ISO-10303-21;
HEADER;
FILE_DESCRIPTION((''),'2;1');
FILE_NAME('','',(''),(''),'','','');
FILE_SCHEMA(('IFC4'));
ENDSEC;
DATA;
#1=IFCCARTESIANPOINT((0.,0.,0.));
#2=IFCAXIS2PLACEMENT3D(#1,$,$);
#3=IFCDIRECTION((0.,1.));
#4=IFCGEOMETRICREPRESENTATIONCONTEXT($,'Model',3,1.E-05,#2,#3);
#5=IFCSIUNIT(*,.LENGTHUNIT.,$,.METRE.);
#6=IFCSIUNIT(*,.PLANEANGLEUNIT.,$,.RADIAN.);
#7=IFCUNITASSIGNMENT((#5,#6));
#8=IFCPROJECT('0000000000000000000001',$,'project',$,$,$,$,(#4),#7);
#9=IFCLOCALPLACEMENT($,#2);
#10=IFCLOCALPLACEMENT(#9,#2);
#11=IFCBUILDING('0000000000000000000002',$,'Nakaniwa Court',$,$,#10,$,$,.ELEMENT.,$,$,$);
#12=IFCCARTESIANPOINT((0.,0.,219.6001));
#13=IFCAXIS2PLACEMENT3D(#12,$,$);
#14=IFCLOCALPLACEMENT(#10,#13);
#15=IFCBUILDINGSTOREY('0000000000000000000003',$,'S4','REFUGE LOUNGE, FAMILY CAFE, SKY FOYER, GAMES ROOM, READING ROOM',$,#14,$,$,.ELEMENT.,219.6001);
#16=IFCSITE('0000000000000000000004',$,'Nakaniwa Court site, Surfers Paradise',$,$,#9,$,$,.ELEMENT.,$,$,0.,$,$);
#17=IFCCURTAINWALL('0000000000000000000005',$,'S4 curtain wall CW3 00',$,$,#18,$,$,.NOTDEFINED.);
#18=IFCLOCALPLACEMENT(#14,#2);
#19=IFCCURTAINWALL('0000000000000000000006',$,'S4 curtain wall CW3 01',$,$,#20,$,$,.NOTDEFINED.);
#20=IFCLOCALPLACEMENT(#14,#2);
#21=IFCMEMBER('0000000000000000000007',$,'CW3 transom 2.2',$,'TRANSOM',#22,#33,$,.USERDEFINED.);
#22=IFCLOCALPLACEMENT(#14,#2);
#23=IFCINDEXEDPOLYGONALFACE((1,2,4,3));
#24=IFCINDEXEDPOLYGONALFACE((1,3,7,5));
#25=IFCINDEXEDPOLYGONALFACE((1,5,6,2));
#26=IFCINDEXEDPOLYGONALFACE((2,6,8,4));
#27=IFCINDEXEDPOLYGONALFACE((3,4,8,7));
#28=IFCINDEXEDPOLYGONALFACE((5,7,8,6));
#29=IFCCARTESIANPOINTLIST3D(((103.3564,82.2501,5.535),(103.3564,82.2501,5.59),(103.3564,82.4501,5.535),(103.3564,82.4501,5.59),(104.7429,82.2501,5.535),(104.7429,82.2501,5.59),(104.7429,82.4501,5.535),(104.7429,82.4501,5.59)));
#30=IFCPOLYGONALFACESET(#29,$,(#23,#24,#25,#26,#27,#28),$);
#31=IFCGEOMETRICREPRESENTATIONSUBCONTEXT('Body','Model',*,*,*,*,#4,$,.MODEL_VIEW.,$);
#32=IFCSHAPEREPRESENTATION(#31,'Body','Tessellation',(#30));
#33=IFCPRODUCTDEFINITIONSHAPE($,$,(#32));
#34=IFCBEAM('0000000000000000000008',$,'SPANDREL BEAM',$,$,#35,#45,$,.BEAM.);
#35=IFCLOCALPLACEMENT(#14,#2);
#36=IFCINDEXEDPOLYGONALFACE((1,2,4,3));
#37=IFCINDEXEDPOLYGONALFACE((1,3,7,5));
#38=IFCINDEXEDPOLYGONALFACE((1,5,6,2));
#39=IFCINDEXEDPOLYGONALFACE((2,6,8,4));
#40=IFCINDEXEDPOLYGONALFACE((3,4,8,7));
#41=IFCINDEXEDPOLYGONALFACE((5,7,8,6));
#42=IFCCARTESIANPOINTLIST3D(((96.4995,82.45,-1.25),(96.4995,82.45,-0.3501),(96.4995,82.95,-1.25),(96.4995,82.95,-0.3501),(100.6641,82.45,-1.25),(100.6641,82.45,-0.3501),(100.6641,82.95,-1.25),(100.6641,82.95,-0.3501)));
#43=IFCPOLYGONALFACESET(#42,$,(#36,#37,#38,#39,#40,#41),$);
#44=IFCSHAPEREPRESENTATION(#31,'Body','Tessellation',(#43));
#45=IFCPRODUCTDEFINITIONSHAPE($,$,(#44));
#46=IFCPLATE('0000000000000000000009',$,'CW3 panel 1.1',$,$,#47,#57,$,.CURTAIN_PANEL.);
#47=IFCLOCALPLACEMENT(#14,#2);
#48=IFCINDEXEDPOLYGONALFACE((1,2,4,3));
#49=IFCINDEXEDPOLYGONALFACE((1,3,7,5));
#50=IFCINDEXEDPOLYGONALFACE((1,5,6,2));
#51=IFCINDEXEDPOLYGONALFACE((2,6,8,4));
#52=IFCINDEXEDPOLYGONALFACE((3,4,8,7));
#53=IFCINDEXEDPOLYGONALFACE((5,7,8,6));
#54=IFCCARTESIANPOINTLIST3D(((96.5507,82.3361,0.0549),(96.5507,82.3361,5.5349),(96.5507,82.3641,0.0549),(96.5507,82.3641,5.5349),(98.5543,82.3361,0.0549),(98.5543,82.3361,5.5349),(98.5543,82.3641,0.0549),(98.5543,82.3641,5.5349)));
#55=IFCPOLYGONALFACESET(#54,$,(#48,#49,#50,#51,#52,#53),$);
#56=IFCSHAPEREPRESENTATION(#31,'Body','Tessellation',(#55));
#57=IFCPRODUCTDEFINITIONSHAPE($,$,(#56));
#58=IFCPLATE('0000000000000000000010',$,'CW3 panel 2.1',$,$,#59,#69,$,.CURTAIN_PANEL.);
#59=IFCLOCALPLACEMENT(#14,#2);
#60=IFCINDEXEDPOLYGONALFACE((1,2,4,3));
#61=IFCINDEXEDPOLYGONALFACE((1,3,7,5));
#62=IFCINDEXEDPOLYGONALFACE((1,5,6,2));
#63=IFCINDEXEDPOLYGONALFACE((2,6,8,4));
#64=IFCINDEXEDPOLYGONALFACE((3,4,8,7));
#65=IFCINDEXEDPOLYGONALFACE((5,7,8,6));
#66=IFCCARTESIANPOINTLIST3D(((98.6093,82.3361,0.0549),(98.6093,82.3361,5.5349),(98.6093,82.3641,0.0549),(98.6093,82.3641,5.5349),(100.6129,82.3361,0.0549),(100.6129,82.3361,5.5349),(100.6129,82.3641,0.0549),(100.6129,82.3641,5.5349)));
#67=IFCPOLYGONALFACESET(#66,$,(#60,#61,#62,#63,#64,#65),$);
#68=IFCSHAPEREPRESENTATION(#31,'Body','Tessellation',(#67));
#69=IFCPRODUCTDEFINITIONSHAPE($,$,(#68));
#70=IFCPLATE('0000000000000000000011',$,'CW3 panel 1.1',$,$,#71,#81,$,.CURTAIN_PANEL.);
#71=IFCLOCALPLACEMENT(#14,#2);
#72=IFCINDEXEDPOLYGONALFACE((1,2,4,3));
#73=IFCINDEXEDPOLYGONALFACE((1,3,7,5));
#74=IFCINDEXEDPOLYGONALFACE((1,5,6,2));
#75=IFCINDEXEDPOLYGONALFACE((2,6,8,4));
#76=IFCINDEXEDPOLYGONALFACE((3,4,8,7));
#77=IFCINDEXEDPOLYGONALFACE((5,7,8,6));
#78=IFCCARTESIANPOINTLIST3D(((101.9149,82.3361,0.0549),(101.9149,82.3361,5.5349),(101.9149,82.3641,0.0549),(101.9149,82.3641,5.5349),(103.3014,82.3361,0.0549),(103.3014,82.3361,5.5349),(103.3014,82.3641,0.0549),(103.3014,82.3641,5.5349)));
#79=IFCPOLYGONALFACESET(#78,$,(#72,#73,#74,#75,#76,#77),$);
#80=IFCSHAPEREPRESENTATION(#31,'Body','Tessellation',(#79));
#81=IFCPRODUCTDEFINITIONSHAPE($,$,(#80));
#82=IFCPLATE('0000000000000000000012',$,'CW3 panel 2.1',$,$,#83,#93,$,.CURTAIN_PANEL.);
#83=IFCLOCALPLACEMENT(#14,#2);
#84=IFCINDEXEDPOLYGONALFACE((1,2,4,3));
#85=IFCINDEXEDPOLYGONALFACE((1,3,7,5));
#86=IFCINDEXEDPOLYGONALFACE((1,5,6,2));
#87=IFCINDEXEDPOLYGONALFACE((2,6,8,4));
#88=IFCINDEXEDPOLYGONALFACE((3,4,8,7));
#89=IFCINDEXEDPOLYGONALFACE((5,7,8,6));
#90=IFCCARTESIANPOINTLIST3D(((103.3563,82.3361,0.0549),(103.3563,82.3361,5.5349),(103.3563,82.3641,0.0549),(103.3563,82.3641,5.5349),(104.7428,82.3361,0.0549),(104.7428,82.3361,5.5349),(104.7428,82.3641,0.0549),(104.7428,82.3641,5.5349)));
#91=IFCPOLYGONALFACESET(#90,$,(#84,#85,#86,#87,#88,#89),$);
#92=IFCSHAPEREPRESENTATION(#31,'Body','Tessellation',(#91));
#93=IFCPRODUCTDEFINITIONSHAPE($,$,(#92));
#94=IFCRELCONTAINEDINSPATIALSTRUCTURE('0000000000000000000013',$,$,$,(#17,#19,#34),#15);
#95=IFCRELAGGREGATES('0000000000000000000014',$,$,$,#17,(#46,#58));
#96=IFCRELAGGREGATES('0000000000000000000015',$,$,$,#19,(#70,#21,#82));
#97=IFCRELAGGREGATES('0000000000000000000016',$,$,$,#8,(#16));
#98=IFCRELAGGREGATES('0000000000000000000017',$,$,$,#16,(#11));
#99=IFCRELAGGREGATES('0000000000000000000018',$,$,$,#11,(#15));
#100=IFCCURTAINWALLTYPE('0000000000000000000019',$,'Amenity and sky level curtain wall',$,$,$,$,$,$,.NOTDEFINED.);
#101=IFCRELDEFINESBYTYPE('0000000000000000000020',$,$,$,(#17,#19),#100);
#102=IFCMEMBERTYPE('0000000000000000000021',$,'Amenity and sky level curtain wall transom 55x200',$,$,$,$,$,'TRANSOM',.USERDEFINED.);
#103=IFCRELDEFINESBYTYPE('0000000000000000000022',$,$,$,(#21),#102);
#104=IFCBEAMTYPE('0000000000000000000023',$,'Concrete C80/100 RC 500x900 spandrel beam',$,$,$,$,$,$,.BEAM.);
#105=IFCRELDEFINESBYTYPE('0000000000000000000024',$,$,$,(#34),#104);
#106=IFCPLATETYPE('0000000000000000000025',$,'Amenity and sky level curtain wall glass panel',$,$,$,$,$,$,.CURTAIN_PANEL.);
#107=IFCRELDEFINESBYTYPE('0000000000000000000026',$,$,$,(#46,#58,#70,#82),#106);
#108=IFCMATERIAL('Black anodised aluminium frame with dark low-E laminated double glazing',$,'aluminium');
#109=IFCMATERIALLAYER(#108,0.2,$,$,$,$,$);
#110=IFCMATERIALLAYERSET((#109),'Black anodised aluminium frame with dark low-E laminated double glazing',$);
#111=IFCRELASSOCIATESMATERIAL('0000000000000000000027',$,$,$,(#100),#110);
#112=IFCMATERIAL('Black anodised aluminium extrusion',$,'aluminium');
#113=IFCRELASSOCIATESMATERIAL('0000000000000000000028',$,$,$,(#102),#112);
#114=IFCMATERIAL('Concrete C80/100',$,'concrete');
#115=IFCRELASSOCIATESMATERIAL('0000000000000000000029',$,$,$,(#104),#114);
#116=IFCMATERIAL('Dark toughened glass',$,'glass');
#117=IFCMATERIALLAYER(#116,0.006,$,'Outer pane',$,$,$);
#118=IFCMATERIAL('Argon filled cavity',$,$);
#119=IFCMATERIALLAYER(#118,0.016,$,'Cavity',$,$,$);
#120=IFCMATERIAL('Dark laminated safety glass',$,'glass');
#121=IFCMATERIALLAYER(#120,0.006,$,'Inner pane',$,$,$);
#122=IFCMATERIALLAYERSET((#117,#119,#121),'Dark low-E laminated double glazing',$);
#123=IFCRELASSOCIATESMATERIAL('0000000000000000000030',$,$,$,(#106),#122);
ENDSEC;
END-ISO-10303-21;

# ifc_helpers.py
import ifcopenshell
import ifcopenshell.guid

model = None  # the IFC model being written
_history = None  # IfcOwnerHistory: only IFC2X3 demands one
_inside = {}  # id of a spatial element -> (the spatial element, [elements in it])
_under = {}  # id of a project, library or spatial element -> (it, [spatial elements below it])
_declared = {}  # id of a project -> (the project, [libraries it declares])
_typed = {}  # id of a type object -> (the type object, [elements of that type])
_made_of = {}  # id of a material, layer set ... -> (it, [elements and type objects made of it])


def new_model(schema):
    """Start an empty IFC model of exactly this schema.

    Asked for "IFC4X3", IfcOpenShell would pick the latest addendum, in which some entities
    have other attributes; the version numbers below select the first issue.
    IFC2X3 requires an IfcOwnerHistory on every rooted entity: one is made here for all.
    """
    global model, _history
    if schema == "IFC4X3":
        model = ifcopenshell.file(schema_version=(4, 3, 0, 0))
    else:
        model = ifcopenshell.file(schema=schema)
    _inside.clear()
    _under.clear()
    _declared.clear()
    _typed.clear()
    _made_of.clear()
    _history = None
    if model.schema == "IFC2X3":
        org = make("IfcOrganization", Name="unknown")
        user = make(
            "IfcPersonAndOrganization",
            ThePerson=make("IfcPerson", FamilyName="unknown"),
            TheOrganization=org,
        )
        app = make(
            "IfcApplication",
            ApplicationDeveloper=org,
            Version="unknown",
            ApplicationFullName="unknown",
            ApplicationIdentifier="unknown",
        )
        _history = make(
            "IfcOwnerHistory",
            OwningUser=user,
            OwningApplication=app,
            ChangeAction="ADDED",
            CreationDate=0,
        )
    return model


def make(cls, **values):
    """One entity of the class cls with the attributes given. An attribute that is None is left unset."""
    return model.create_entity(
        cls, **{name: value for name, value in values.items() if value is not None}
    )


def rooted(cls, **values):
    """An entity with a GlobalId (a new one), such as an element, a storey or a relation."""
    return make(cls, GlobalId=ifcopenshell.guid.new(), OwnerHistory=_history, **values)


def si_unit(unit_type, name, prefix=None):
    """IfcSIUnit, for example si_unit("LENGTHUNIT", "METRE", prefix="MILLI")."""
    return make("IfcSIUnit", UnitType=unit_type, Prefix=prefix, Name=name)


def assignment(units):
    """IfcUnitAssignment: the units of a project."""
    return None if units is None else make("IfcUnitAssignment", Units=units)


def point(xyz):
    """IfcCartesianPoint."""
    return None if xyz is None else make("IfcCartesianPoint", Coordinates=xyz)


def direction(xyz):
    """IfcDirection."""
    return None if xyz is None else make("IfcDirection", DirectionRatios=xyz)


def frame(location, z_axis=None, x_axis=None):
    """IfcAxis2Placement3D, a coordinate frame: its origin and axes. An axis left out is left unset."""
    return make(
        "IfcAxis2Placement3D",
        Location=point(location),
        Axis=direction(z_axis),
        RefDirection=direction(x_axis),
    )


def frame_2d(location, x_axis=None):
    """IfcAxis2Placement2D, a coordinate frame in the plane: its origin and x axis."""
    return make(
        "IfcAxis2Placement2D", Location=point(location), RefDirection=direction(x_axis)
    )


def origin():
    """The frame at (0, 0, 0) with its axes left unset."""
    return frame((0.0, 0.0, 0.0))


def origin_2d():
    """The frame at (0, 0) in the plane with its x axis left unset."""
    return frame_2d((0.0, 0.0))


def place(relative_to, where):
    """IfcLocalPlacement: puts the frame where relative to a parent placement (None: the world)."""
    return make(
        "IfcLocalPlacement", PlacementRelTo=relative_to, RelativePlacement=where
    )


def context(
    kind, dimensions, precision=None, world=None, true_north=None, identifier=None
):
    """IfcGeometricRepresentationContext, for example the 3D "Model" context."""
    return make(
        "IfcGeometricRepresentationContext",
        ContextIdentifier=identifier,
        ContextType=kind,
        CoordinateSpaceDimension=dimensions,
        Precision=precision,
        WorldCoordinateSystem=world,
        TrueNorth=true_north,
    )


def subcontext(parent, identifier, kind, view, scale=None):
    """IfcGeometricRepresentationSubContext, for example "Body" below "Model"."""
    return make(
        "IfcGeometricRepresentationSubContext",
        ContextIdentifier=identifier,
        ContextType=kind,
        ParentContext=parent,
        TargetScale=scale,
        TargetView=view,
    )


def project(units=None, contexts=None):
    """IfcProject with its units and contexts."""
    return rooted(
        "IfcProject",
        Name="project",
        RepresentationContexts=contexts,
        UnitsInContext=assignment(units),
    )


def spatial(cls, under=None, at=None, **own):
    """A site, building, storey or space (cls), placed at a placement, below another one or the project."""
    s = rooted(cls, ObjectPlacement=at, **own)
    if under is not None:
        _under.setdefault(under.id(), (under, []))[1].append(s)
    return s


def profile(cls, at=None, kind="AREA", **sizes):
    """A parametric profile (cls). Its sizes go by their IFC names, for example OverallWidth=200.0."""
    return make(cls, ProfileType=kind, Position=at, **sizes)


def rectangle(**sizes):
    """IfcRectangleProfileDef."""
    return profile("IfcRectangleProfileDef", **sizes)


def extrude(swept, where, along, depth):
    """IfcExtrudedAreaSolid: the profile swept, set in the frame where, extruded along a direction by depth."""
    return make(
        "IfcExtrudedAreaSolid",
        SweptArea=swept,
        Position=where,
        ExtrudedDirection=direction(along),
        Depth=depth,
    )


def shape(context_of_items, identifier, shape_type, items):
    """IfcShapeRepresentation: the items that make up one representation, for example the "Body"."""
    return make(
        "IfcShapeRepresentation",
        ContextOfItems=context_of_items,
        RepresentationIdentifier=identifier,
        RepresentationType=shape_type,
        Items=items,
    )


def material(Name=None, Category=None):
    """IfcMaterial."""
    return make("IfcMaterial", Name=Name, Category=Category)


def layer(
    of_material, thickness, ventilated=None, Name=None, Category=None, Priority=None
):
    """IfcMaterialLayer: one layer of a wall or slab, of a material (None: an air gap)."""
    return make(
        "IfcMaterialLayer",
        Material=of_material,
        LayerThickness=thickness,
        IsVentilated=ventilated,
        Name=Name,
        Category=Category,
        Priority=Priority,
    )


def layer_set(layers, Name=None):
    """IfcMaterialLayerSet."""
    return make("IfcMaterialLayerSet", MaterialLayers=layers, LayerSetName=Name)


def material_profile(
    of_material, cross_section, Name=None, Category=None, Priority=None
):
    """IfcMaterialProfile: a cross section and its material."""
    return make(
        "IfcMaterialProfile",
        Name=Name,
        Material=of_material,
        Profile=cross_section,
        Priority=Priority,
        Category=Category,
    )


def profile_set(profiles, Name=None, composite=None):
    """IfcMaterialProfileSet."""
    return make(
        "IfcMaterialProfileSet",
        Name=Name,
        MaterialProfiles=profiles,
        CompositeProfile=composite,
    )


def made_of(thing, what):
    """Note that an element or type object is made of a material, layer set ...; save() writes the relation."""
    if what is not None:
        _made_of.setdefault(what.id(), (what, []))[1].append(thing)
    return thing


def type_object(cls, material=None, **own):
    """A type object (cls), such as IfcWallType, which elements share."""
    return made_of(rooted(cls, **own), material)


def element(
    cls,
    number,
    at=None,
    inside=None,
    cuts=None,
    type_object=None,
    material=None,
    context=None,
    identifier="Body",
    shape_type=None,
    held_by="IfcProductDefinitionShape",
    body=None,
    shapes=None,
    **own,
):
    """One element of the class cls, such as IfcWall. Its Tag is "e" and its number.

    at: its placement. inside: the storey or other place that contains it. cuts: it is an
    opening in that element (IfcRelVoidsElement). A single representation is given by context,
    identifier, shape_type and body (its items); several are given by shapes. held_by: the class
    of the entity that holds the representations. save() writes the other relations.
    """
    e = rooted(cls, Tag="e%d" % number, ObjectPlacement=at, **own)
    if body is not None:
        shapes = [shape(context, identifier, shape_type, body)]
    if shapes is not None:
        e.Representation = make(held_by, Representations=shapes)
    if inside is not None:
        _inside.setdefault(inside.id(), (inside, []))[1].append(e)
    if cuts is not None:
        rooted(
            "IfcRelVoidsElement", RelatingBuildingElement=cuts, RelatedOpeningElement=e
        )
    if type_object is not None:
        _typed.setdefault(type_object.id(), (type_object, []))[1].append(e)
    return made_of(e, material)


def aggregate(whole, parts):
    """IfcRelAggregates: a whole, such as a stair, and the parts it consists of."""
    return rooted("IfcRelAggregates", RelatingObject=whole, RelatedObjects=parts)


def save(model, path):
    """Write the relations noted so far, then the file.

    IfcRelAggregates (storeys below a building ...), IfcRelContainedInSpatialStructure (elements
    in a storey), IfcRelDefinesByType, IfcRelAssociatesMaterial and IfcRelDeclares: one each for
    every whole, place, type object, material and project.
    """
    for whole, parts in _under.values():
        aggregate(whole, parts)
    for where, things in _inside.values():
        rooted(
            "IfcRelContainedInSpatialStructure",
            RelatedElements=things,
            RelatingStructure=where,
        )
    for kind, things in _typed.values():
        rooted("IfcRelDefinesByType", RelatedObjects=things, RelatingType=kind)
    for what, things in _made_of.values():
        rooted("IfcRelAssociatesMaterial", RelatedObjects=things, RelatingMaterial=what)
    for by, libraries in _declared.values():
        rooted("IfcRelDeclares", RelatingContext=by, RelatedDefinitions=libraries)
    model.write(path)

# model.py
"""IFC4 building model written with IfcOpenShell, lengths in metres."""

from ifc_helpers import new_model, si_unit, direction, frame, origin, origin_2d, place, context, subcontext, project, spatial, rectangle, extrude, material, layer, layer_set, material_profile, profile_set, type_object, element, aggregate, save


model = new_model("IFC4")

# Units and contexts
model_context = context("Model", 3, precision=1e-05, world=origin(), true_north=direction((0.0, 1.0)))
body_context = subcontext(model_context, "Body", "Model", "MODEL_VIEW")
ifc_project = project(units=[si_unit("LENGTHUNIT", "METRE"), si_unit("PLANEANGLEUNIT", "RADIAN")], contexts=[model_context])

# Site, building, storey
site_placement = place(None, origin())
site = spatial("IfcSite", under=ifc_project, at=site_placement, Name="Nakaniwa Court site, Surfers Paradise", CompositionType="ELEMENT", RefElevation=0.0)
building_placement = place(site_placement, origin())
building = spatial("IfcBuilding", under=site, at=building_placement, Name="Nakaniwa Court", CompositionType="ELEMENT")
storey_placement = place(building_placement, frame((0.0, 0.0, 219.6001)))
storey = spatial("IfcBuildingStorey", under=building, at=storey_placement, Name="S4", Description="REFUGE LOUNGE, FAMILY CAFE, SKY FOYER, GAMES ROOM, READING ROOM", CompositionType="ELEMENT", Elevation=219.6001)

# Shared definitions
ifc_material_1 = material(Name="Concrete C80/100", Category="concrete")

# Curtain walls
ifc_material_2 = material(Name="Black anodised aluminium frame with dark low-E laminated double glazing", Category="aluminium")
ifc_layer_1 = layer(ifc_material_2, 0.2)
ifc_layer_set_1 = layer_set([ifc_layer_1], Name="Black anodised aluminium frame with dark low-E laminated double glazing")
curtain_wall_type = type_object("IfcCurtainWallType", Name="Amenity and sky level curtain wall", PredefinedType="NOTDEFINED", material=ifc_layer_set_1)
curtain_wall_1_placement = place(storey_placement, origin())
curtain_wall_1 = element("IfcCurtainWall", 1, at=curtain_wall_1_placement, inside=storey, type_object=curtain_wall_type, Name="S4 curtain wall CW3 00", PredefinedType="NOTDEFINED")
ifc_material_3 = material(Name="Black anodised aluminium extrusion", Category="aluminium")
curtain_wall_2_placement = place(storey_placement, origin())
curtain_wall_2 = element("IfcCurtainWall", 2, at=curtain_wall_2_placement, inside=storey, type_object=curtain_wall_type, Name="S4 curtain wall CW3 01", PredefinedType="NOTDEFINED")

# Member
ifc_material_profile_1 = material_profile(ifc_material_3, rectangle(XDim=0.2, YDim=0.0549, at=origin_2d()), Name="Amenity and sky level curtain wall transom 55x200")
ifc_profile_set_1 = profile_set([ifc_material_profile_1], Name="Black anodised aluminium extrusion")
member_type_1 = type_object("IfcMemberType", Name="Amenity and sky level curtain wall transom 55x200", ElementType="TRANSOM", PredefinedType="USERDEFINED", material=ifc_profile_set_1)
member_1_placement = place(storey_placement, frame((103.3564, 82.3501, 5.5625), z_axis=(1.0, 0.0, 0.0), x_axis=(0.0, 1.0, 0.0)))
member_1 = element("IfcMember", 3, at=member_1_placement, type_object=member_type_1, Name="CW3 transom 2.2", ObjectType="TRANSOM", PredefinedType="USERDEFINED", context=body_context, shape_type="SweptSolid", body=[
    extrude(rectangle(XDim=0.2, YDim=0.0549, at=origin_2d()), origin(), (0.0, 0.0, 1.0), 1.3865),
])

# Beam
ifc_material_profile_2 = material_profile(ifc_material_1, rectangle(XDim=0.5, YDim=0.8999, at=origin_2d()), Name="Concrete C80/100 RC 500x900 spandrel beam")
ifc_profile_set_2 = profile_set([ifc_material_profile_2], Name="Concrete C80/100")
beam_type = type_object("IfcBeamType", Name="Concrete C80/100 RC 500x900 spandrel beam", PredefinedType="BEAM", material=ifc_profile_set_2)
beam_placement = place(storey_placement, frame((96.4995, 82.7, -0.8), z_axis=(1.0, 0.0, 0.0), x_axis=(0.0, 1.0, 0.0)))
element("IfcBeam", 4, at=beam_placement, inside=storey, type_object=beam_type, Name="SPANDREL BEAM", PredefinedType="BEAM", context=body_context, shape_type="SweptSolid", body=[
    extrude(rectangle(XDim=0.5, YDim=0.8999, at=origin_2d()), origin(), (0.0, 0.0, 1.0), 4.1646),
])

# Plates
ifc_material_4 = material(Name="Dark toughened glass", Category="glass")
ifc_layer_2 = layer(ifc_material_4, 0.006, Name="Outer pane")
ifc_material_5 = material(Name="Argon filled cavity")
ifc_layer_3 = layer(ifc_material_5, 0.016, Name="Cavity")
ifc_material_6 = material(Name="Dark laminated safety glass", Category="glass")
ifc_layer_4 = layer(ifc_material_6, 0.006, Name="Inner pane")
ifc_layer_set_2 = layer_set([ifc_layer_2, ifc_layer_3, ifc_layer_4], Name="Dark low-E laminated double glazing")
plate_type = type_object("IfcPlateType", Name="Amenity and sky level curtain wall glass panel", PredefinedType="CURTAIN_PANEL", material=ifc_layer_set_2)
plate_1_placement = place(storey_placement, frame((97.5525, 82.3501, 0.0549), z_axis=(0.0, 0.0, 1.0), x_axis=(1.0, 0.0, 0.0)))
plate_1 = element("IfcPlate", 5, at=plate_1_placement, type_object=plate_type, Name="CW3 panel 1.1", PredefinedType="CURTAIN_PANEL", context=body_context, shape_type="SweptSolid", body=[
    extrude(rectangle(XDim=2.0037, YDim=0.0281, at=origin_2d()), origin(), (0.0, 0.0, 1.0), 5.48),
])
plate_2_placement = place(storey_placement, frame((99.6111, 82.3501, 0.0549), z_axis=(0.0, 0.0, 1.0), x_axis=(1.0, 0.0, 0.0)))
plate_2 = element("IfcPlate", 6, at=plate_2_placement, type_object=plate_type, Name="CW3 panel 2.1", PredefinedType="CURTAIN_PANEL", context=body_context, shape_type="SweptSolid", body=[
    extrude(rectangle(XDim=2.0037, YDim=0.0281, at=origin_2d()), origin(), (0.0, 0.0, 1.0), 5.48),
])
aggregate(curtain_wall_1, [plate_1, plate_2])
plate_3_placement = place(storey_placement, frame((102.6082, 82.3501, 0.0549), z_axis=(0.0, 0.0, 1.0), x_axis=(1.0, 0.0, 0.0)))
plate_3 = element("IfcPlate", 7, at=plate_3_placement, type_object=plate_type, Name="CW3 panel 1.1", PredefinedType="CURTAIN_PANEL", context=body_context, shape_type="SweptSolid", body=[
    extrude(rectangle(XDim=1.3865, YDim=0.0281, at=origin_2d()), origin(), (0.0, 0.0, 1.0), 5.48),
])
plate_4_placement = place(storey_placement, frame((104.0496, 82.3501, 0.0549), z_axis=(0.0, 0.0, 1.0), x_axis=(1.0, 0.0, 0.0)))
plate_4 = element("IfcPlate", 8, at=plate_4_placement, type_object=plate_type, Name="CW3 panel 2.1", PredefinedType="CURTAIN_PANEL", context=body_context, shape_type="SweptSolid", body=[
    extrude(rectangle(XDim=1.3865, YDim=0.0281, at=origin_2d()), origin(), (0.0, 0.0, 1.0), 5.48),
])
aggregate(curtain_wall_2, [plate_3, member_1, plate_4])

save(model, "model.ifc")
